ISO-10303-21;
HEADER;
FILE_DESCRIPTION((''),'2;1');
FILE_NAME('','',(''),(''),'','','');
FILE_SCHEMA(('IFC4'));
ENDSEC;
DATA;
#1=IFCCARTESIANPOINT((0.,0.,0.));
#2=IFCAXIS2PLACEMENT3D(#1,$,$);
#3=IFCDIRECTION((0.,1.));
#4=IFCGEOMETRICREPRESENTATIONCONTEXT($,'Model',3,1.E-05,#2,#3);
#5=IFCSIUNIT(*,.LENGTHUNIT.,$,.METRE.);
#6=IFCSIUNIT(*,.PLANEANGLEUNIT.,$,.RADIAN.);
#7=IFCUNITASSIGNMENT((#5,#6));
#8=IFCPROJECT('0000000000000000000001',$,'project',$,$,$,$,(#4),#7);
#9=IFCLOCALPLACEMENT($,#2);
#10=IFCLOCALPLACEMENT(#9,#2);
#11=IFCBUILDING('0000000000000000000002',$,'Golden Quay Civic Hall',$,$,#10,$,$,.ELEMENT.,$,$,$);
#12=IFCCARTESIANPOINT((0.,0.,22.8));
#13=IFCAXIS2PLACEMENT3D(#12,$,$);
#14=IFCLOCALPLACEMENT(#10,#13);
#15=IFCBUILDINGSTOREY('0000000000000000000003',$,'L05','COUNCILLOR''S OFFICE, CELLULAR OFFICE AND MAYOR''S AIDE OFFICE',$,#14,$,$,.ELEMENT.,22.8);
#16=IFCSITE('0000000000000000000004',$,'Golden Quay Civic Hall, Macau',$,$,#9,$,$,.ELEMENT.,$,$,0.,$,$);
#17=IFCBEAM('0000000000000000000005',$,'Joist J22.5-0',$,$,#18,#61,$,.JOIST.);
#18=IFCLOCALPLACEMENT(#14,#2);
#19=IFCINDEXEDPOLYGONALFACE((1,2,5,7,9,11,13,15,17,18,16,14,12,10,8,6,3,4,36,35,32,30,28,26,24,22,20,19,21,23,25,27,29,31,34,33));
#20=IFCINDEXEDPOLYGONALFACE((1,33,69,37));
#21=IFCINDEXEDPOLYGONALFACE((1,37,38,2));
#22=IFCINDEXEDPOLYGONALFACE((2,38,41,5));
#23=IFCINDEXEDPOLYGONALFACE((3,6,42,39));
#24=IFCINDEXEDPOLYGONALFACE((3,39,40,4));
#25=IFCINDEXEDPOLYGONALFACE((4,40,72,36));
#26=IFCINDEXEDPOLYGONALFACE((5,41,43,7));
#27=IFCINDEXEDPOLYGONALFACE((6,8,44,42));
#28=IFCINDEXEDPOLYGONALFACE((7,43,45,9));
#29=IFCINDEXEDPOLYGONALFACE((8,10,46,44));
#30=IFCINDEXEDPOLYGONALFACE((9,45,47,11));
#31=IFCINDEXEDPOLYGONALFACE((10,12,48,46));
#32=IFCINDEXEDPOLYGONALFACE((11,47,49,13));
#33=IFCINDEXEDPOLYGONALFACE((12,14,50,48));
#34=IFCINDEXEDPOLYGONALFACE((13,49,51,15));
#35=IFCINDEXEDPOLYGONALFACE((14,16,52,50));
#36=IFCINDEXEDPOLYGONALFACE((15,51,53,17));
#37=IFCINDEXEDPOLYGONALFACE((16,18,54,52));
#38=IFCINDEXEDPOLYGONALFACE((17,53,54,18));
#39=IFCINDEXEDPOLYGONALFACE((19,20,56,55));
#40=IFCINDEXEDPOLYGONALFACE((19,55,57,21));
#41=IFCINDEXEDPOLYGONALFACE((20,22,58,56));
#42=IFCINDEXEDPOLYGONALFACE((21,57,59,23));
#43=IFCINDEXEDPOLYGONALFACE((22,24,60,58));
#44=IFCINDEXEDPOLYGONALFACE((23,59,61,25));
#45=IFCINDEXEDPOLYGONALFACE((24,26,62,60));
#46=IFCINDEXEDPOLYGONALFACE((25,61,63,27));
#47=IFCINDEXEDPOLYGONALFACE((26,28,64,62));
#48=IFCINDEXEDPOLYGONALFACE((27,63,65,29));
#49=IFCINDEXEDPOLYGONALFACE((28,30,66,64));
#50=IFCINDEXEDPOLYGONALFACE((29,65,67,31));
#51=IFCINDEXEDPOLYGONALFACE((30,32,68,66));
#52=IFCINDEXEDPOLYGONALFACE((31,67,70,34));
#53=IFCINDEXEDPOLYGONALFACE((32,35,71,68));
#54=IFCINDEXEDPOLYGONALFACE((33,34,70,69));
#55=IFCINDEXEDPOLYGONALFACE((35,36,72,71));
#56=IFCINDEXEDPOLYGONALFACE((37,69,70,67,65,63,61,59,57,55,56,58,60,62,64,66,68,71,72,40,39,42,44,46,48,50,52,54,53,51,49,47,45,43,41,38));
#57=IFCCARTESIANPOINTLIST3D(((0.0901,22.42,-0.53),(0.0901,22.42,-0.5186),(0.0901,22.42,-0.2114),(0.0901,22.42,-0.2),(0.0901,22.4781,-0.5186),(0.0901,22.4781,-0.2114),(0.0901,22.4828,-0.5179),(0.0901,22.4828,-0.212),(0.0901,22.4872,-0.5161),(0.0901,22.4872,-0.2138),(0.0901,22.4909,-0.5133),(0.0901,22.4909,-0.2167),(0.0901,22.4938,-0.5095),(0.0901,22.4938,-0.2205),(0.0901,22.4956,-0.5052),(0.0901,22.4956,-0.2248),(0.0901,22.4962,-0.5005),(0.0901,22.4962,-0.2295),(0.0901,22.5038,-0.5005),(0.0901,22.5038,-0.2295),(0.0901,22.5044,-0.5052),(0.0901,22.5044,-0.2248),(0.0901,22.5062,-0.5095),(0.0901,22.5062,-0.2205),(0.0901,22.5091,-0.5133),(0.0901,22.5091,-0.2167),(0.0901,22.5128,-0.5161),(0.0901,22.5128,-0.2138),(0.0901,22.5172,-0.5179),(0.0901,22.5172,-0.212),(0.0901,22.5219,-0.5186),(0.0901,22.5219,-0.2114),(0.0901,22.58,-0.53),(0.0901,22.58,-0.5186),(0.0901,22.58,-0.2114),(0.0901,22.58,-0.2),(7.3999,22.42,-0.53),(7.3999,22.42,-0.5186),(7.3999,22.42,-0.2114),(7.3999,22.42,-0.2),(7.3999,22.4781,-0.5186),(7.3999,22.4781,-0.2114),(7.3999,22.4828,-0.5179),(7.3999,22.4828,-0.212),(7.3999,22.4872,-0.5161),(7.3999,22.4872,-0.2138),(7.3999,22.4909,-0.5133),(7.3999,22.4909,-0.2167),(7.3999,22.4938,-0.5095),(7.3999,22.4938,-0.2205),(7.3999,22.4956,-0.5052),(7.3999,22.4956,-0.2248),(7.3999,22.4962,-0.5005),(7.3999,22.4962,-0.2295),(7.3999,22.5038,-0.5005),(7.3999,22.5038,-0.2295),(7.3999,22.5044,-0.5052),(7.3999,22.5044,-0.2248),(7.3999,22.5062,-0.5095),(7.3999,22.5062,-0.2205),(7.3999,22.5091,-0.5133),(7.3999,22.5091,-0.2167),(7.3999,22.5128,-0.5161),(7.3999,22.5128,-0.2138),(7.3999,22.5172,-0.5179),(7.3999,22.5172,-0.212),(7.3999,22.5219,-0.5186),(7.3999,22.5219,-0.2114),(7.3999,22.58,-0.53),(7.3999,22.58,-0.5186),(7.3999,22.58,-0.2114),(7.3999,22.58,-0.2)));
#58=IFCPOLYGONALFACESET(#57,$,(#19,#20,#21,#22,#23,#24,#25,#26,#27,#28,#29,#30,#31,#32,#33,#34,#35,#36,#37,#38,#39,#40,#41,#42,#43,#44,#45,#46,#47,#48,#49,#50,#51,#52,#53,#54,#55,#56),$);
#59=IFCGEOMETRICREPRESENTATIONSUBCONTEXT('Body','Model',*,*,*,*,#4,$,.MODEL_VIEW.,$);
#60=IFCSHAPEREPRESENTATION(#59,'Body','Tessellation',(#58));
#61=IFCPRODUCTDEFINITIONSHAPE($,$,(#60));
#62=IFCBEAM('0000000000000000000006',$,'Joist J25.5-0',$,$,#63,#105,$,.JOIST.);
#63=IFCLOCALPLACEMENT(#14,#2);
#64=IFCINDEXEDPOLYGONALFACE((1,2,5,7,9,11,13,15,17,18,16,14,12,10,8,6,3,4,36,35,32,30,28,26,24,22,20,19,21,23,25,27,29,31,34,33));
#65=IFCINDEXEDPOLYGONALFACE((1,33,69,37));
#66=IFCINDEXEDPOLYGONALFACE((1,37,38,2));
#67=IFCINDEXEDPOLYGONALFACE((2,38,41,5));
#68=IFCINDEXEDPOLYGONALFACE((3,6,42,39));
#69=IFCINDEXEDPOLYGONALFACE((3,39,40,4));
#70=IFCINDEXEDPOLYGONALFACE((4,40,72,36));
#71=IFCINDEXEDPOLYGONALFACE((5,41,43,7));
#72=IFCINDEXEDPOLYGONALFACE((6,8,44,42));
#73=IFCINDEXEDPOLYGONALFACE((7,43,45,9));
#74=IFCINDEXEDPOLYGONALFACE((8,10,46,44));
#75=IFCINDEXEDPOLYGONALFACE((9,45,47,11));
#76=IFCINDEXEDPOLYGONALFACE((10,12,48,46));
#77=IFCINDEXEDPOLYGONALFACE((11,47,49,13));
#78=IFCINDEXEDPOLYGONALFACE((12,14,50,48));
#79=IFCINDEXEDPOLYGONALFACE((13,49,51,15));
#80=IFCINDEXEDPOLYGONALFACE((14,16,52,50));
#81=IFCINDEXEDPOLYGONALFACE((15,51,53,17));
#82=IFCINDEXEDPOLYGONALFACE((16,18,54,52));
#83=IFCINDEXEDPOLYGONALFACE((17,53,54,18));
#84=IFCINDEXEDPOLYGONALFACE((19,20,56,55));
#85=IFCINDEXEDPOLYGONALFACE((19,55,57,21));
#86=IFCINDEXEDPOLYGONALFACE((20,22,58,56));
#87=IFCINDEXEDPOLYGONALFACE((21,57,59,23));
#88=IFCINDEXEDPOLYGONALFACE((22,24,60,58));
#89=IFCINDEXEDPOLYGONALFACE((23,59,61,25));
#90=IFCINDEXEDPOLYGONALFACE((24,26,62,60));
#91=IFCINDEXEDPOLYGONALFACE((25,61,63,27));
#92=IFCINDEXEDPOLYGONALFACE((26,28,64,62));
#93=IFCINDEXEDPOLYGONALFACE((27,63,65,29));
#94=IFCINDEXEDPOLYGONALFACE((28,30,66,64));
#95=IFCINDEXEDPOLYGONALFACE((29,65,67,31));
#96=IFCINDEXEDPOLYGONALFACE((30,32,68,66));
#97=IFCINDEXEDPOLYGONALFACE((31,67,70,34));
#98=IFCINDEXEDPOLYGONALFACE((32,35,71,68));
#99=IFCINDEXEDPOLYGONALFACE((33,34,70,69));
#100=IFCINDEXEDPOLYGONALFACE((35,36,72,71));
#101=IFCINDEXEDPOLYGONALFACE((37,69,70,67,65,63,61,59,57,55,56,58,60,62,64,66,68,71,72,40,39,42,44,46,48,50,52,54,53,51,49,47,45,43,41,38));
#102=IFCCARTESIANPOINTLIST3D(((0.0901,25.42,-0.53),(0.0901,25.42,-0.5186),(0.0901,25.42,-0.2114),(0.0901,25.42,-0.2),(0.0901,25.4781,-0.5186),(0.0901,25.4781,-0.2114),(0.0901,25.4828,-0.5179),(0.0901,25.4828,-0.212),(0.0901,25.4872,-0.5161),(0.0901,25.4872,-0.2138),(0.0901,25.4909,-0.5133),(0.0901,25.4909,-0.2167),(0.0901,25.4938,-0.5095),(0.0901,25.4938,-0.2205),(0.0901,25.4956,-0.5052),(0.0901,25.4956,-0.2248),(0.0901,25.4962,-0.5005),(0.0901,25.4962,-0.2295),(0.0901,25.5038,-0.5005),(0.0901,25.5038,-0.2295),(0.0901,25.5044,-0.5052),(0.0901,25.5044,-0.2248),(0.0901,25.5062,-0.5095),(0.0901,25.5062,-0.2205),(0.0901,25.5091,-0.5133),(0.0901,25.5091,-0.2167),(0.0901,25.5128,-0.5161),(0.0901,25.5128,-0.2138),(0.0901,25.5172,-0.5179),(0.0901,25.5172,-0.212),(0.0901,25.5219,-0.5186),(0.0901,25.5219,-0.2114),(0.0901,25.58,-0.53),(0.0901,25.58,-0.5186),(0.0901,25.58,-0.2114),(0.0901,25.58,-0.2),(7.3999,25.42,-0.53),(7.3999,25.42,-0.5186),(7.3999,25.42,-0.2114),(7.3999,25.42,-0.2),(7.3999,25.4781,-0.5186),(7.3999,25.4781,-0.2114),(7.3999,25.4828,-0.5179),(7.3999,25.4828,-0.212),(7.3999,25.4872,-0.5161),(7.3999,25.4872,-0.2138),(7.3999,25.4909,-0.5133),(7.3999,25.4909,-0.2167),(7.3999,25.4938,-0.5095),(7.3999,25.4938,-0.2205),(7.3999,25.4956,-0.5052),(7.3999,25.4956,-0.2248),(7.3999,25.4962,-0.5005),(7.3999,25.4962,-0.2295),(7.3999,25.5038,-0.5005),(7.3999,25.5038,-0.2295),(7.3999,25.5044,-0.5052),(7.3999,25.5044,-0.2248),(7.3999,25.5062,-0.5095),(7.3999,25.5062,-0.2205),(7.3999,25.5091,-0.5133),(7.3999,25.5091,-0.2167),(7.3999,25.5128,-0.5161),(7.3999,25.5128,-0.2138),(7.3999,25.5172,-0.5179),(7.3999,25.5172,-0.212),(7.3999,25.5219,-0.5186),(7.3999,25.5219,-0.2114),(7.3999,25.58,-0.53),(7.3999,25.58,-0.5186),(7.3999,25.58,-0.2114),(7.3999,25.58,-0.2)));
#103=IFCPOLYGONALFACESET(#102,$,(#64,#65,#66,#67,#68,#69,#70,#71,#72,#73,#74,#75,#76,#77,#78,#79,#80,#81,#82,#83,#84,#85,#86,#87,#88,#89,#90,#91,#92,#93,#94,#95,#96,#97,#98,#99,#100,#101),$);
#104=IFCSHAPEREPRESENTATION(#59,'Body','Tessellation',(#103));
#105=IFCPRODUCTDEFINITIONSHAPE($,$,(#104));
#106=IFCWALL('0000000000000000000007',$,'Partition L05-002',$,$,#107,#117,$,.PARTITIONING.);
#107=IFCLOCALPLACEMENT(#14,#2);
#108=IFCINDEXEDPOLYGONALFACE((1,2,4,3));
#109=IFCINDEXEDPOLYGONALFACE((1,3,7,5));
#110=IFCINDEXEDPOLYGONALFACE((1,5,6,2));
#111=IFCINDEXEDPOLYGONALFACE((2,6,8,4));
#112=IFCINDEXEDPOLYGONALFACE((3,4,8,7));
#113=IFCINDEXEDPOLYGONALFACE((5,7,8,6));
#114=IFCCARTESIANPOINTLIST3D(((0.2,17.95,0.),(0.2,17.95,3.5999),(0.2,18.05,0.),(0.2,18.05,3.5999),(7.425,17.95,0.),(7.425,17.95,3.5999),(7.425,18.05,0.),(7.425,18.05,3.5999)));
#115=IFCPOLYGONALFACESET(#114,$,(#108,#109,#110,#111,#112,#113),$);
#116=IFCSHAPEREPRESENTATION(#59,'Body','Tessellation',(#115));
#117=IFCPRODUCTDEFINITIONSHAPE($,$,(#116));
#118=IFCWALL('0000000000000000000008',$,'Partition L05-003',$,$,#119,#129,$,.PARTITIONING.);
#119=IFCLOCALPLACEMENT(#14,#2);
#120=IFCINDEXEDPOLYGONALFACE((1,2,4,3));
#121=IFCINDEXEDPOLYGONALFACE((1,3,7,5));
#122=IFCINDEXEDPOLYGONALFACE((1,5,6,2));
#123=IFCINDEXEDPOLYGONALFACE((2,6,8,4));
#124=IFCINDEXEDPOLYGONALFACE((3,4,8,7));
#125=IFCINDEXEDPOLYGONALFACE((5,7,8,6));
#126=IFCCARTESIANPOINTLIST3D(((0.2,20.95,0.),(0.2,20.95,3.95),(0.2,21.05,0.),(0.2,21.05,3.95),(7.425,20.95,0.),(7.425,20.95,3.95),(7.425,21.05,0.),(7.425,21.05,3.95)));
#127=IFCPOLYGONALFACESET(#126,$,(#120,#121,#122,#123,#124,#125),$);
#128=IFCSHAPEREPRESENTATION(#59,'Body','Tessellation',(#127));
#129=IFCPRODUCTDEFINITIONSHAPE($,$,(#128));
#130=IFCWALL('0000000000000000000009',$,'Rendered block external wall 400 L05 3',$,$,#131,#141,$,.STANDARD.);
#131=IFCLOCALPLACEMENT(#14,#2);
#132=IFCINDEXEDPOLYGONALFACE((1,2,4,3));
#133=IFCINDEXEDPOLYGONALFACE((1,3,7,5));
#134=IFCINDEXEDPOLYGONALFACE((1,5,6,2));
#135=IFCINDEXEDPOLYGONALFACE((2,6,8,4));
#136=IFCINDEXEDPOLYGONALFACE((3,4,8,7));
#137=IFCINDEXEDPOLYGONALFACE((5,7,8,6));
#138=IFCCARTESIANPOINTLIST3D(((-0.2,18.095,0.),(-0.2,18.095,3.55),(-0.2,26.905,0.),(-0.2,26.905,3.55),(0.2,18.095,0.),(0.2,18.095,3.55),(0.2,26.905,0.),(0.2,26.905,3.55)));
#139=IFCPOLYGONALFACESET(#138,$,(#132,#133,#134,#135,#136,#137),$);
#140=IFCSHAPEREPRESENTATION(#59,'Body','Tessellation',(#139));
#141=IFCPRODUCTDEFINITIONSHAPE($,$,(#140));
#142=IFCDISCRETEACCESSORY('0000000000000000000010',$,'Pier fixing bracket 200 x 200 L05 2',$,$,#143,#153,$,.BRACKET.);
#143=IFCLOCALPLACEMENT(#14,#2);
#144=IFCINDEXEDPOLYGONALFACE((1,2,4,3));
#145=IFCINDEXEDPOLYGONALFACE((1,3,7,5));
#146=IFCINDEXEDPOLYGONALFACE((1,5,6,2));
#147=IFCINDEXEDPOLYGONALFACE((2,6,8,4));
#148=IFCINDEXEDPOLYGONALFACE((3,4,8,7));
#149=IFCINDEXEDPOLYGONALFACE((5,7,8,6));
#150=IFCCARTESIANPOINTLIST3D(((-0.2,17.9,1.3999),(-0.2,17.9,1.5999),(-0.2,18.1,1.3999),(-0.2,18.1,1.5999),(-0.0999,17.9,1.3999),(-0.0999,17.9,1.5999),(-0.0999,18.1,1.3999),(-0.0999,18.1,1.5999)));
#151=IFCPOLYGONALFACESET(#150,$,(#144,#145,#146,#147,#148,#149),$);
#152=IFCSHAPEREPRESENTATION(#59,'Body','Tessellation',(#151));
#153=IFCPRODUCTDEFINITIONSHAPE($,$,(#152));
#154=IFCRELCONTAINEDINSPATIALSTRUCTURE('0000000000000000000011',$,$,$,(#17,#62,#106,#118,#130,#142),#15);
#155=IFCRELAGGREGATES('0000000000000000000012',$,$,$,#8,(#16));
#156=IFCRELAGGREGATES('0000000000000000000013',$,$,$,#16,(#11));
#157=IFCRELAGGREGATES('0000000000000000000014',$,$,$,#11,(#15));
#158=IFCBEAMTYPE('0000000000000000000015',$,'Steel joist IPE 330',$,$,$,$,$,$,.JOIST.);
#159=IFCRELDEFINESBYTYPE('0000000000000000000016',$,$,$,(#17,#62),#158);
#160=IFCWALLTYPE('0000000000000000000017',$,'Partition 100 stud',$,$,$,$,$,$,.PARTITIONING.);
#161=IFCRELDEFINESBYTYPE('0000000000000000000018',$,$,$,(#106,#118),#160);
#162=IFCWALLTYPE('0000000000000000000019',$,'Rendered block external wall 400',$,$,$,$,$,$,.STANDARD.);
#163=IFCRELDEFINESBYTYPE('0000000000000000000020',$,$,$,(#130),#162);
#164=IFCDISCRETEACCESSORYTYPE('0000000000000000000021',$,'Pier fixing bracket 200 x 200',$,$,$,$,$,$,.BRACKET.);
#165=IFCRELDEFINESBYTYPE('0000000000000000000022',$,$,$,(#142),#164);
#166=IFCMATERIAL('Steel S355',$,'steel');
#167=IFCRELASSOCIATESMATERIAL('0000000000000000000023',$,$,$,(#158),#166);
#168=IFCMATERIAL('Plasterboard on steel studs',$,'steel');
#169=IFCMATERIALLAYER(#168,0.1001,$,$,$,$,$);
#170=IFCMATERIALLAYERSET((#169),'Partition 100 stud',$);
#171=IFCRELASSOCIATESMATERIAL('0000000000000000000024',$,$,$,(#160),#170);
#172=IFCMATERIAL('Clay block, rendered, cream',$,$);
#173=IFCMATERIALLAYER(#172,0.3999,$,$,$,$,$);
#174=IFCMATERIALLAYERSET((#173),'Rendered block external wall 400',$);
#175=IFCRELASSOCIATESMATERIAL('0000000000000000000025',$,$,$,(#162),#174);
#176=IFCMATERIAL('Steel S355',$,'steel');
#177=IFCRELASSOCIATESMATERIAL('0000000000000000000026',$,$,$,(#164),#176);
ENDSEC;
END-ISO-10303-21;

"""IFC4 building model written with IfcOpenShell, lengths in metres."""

from ifc_helpers import new_model, si_unit, direction, frame, frame_2d, origin, origin_2d, place, context, subcontext, project, spatial, rectangle, i_section, extrude, material, layer, layer_set, material_profile, profile_set, type_object, element, save


model = new_model("IFC4")

# Units and contexts
model_context = context("Model", 3, precision=1e-05, world=origin(), true_north=direction((0.0, 1.0)))
body_context = subcontext(model_context, "Body", "Model", "MODEL_VIEW")
ifc_project = project(units=[si_unit("LENGTHUNIT", "METRE"), si_unit("PLANEANGLEUNIT", "RADIAN")], contexts=[model_context])

# Site, building, storey
site_placement = place(None, origin())
site = spatial("IfcSite", under=ifc_project, at=site_placement, Name="Golden Quay Civic Hall, Macau", CompositionType="ELEMENT", RefElevation=0.0)
building_placement = place(site_placement, origin())
building = spatial("IfcBuilding", under=site, at=building_placement, Name="Golden Quay Civic Hall", CompositionType="ELEMENT")
storey_placement = place(building_placement, frame((0.0, 0.0, 22.8)))
storey = spatial("IfcBuildingStorey", under=building, at=storey_placement, Name="L05", Description="COUNCILLOR'S OFFICE, CELLULAR OFFICE AND MAYOR'S AIDE OFFICE", CompositionType="ELEMENT", Elevation=22.8)

# Beams
ifc_material_1 = material(Name="Steel S355", Category="steel")
ifc_material_profile_1 = material_profile(ifc_material_1, i_section(OverallWidth=0.1599, OverallDepth=0.3301, WebThickness=0.0076, FlangeThickness=0.0115, FilletRadius=0.0181, at=origin_2d()), Name="IPE 330")
ifc_profile_set_1 = profile_set([ifc_material_profile_1], Name="Steel S355")
beam_type_1 = type_object("IfcBeamType", Name="Steel joist IPE 330", PredefinedType="JOIST", material=ifc_profile_set_1)
for number, where, z_axis, x_axis, name in (
    (1, (0.0901, 22.5, -0.365), (1.0, 0.0, 0.0), (0.0, 1.0, 0.0), "Joist J22.5-0"),
    (2, (0.0901, 25.5, -0.365), (1.0, 0.0, 0.0), (0.0, 1.0, 0.0), "Joist J25.5-0"),
):
    element("IfcBeam", number, at=place(storey_placement, frame(where, z_axis=z_axis, x_axis=x_axis)), inside=storey, type_object=beam_type_1, Name=name, PredefinedType="JOIST", context=body_context, shape_type="SweptSolid", body=[
        extrude(i_section(OverallWidth=0.1599, OverallDepth=0.3301, WebThickness=0.0076, FlangeThickness=0.0115, FilletRadius=0.0181, at=origin_2d()), origin(), (0.0, 0.0, 1.0), 7.3098),
    ])

# Walls
ifc_material_2 = material(Name="Plasterboard on steel studs", Category="steel")
ifc_layer_1 = layer(ifc_material_2, 0.1001)
ifc_layer_set_1 = layer_set([ifc_layer_1], Name="Partition 100 stud")
wall_type_1 = type_object("IfcWallType", Name="Partition 100 stud", PredefinedType="PARTITIONING", material=ifc_layer_set_1)
wall_1_placement = place(storey_placement, frame((0.2, 18.0, 0.0), z_axis=(0.0, 0.0, 1.0), x_axis=(1.0, 0.0, 0.0)))
element("IfcWall", 3, at=wall_1_placement, inside=storey, type_object=wall_type_1, Name="Partition L05-002", PredefinedType="PARTITIONING", context=body_context, shape_type="SweptSolid", body=[
    extrude(rectangle(XDim=7.2251, YDim=0.1001, at=frame_2d((3.6125, 0.0))), origin(), (0.0, 0.0, 1.0), 3.5999),
])
wall_2_placement = place(storey_placement, frame((0.2, 21.0, 0.0), z_axis=(0.0, 0.0, 1.0), x_axis=(1.0, 0.0, 0.0)))
element("IfcWall", 4, at=wall_2_placement, inside=storey, type_object=wall_type_1, Name="Partition L05-003", PredefinedType="PARTITIONING", context=body_context, shape_type="SweptSolid", body=[
    extrude(rectangle(XDim=7.2251, YDim=0.1001, at=frame_2d((3.6125, 0.0))), origin(), (0.0, 0.0, 1.0), 3.95),
])
ifc_material_3 = material(Name="Clay block, rendered, cream")
ifc_layer_2 = layer(ifc_material_3, 0.3999)
ifc_layer_set_2 = layer_set([ifc_layer_2], Name="Rendered block external wall 400")
wall_type_2 = type_object("IfcWallType", Name="Rendered block external wall 400", PredefinedType="STANDARD", material=ifc_layer_set_2)
wall_3_placement = place(storey_placement, frame((0.0, 18.095, 0.0), z_axis=(0.0, 0.0, 1.0), x_axis=(0.0, 1.0, 0.0)))
element("IfcWall", 5, at=wall_3_placement, inside=storey, type_object=wall_type_2, Name="Rendered block external wall 400 L05 3", PredefinedType="STANDARD", context=body_context, shape_type="SweptSolid", body=[
    extrude(rectangle(XDim=8.8101, YDim=0.3999, at=frame_2d((4.405, 0.0))), origin(), (0.0, 0.0, 1.0), 3.55),
])

# Discrete accessory
ifc_material_4 = material(Name="Steel S355", Category="steel")
discrete_accessory_type = type_object("IfcDiscreteAccessoryType", Name="Pier fixing bracket 200 x 200", PredefinedType="BRACKET", material=ifc_material_4)
discrete_accessory_placement = place(storey_placement, frame((-0.1499, 18.0, 1.3999), z_axis=(0.0, 0.0, 1.0), x_axis=(0.0, -1.0, 0.0)))
element("IfcDiscreteAccessory", 6, at=discrete_accessory_placement, inside=storey, type_object=discrete_accessory_type, Name="Pier fixing bracket 200 x 200 L05 2", PredefinedType="BRACKET", context=body_context, shape_type="SweptSolid", body=[
    extrude(rectangle(XDim=0.2, YDim=0.1001, at=origin_2d()), origin(), (0.0, 0.0, 1.0), 0.2),
])

save(model, "model.ifc")
